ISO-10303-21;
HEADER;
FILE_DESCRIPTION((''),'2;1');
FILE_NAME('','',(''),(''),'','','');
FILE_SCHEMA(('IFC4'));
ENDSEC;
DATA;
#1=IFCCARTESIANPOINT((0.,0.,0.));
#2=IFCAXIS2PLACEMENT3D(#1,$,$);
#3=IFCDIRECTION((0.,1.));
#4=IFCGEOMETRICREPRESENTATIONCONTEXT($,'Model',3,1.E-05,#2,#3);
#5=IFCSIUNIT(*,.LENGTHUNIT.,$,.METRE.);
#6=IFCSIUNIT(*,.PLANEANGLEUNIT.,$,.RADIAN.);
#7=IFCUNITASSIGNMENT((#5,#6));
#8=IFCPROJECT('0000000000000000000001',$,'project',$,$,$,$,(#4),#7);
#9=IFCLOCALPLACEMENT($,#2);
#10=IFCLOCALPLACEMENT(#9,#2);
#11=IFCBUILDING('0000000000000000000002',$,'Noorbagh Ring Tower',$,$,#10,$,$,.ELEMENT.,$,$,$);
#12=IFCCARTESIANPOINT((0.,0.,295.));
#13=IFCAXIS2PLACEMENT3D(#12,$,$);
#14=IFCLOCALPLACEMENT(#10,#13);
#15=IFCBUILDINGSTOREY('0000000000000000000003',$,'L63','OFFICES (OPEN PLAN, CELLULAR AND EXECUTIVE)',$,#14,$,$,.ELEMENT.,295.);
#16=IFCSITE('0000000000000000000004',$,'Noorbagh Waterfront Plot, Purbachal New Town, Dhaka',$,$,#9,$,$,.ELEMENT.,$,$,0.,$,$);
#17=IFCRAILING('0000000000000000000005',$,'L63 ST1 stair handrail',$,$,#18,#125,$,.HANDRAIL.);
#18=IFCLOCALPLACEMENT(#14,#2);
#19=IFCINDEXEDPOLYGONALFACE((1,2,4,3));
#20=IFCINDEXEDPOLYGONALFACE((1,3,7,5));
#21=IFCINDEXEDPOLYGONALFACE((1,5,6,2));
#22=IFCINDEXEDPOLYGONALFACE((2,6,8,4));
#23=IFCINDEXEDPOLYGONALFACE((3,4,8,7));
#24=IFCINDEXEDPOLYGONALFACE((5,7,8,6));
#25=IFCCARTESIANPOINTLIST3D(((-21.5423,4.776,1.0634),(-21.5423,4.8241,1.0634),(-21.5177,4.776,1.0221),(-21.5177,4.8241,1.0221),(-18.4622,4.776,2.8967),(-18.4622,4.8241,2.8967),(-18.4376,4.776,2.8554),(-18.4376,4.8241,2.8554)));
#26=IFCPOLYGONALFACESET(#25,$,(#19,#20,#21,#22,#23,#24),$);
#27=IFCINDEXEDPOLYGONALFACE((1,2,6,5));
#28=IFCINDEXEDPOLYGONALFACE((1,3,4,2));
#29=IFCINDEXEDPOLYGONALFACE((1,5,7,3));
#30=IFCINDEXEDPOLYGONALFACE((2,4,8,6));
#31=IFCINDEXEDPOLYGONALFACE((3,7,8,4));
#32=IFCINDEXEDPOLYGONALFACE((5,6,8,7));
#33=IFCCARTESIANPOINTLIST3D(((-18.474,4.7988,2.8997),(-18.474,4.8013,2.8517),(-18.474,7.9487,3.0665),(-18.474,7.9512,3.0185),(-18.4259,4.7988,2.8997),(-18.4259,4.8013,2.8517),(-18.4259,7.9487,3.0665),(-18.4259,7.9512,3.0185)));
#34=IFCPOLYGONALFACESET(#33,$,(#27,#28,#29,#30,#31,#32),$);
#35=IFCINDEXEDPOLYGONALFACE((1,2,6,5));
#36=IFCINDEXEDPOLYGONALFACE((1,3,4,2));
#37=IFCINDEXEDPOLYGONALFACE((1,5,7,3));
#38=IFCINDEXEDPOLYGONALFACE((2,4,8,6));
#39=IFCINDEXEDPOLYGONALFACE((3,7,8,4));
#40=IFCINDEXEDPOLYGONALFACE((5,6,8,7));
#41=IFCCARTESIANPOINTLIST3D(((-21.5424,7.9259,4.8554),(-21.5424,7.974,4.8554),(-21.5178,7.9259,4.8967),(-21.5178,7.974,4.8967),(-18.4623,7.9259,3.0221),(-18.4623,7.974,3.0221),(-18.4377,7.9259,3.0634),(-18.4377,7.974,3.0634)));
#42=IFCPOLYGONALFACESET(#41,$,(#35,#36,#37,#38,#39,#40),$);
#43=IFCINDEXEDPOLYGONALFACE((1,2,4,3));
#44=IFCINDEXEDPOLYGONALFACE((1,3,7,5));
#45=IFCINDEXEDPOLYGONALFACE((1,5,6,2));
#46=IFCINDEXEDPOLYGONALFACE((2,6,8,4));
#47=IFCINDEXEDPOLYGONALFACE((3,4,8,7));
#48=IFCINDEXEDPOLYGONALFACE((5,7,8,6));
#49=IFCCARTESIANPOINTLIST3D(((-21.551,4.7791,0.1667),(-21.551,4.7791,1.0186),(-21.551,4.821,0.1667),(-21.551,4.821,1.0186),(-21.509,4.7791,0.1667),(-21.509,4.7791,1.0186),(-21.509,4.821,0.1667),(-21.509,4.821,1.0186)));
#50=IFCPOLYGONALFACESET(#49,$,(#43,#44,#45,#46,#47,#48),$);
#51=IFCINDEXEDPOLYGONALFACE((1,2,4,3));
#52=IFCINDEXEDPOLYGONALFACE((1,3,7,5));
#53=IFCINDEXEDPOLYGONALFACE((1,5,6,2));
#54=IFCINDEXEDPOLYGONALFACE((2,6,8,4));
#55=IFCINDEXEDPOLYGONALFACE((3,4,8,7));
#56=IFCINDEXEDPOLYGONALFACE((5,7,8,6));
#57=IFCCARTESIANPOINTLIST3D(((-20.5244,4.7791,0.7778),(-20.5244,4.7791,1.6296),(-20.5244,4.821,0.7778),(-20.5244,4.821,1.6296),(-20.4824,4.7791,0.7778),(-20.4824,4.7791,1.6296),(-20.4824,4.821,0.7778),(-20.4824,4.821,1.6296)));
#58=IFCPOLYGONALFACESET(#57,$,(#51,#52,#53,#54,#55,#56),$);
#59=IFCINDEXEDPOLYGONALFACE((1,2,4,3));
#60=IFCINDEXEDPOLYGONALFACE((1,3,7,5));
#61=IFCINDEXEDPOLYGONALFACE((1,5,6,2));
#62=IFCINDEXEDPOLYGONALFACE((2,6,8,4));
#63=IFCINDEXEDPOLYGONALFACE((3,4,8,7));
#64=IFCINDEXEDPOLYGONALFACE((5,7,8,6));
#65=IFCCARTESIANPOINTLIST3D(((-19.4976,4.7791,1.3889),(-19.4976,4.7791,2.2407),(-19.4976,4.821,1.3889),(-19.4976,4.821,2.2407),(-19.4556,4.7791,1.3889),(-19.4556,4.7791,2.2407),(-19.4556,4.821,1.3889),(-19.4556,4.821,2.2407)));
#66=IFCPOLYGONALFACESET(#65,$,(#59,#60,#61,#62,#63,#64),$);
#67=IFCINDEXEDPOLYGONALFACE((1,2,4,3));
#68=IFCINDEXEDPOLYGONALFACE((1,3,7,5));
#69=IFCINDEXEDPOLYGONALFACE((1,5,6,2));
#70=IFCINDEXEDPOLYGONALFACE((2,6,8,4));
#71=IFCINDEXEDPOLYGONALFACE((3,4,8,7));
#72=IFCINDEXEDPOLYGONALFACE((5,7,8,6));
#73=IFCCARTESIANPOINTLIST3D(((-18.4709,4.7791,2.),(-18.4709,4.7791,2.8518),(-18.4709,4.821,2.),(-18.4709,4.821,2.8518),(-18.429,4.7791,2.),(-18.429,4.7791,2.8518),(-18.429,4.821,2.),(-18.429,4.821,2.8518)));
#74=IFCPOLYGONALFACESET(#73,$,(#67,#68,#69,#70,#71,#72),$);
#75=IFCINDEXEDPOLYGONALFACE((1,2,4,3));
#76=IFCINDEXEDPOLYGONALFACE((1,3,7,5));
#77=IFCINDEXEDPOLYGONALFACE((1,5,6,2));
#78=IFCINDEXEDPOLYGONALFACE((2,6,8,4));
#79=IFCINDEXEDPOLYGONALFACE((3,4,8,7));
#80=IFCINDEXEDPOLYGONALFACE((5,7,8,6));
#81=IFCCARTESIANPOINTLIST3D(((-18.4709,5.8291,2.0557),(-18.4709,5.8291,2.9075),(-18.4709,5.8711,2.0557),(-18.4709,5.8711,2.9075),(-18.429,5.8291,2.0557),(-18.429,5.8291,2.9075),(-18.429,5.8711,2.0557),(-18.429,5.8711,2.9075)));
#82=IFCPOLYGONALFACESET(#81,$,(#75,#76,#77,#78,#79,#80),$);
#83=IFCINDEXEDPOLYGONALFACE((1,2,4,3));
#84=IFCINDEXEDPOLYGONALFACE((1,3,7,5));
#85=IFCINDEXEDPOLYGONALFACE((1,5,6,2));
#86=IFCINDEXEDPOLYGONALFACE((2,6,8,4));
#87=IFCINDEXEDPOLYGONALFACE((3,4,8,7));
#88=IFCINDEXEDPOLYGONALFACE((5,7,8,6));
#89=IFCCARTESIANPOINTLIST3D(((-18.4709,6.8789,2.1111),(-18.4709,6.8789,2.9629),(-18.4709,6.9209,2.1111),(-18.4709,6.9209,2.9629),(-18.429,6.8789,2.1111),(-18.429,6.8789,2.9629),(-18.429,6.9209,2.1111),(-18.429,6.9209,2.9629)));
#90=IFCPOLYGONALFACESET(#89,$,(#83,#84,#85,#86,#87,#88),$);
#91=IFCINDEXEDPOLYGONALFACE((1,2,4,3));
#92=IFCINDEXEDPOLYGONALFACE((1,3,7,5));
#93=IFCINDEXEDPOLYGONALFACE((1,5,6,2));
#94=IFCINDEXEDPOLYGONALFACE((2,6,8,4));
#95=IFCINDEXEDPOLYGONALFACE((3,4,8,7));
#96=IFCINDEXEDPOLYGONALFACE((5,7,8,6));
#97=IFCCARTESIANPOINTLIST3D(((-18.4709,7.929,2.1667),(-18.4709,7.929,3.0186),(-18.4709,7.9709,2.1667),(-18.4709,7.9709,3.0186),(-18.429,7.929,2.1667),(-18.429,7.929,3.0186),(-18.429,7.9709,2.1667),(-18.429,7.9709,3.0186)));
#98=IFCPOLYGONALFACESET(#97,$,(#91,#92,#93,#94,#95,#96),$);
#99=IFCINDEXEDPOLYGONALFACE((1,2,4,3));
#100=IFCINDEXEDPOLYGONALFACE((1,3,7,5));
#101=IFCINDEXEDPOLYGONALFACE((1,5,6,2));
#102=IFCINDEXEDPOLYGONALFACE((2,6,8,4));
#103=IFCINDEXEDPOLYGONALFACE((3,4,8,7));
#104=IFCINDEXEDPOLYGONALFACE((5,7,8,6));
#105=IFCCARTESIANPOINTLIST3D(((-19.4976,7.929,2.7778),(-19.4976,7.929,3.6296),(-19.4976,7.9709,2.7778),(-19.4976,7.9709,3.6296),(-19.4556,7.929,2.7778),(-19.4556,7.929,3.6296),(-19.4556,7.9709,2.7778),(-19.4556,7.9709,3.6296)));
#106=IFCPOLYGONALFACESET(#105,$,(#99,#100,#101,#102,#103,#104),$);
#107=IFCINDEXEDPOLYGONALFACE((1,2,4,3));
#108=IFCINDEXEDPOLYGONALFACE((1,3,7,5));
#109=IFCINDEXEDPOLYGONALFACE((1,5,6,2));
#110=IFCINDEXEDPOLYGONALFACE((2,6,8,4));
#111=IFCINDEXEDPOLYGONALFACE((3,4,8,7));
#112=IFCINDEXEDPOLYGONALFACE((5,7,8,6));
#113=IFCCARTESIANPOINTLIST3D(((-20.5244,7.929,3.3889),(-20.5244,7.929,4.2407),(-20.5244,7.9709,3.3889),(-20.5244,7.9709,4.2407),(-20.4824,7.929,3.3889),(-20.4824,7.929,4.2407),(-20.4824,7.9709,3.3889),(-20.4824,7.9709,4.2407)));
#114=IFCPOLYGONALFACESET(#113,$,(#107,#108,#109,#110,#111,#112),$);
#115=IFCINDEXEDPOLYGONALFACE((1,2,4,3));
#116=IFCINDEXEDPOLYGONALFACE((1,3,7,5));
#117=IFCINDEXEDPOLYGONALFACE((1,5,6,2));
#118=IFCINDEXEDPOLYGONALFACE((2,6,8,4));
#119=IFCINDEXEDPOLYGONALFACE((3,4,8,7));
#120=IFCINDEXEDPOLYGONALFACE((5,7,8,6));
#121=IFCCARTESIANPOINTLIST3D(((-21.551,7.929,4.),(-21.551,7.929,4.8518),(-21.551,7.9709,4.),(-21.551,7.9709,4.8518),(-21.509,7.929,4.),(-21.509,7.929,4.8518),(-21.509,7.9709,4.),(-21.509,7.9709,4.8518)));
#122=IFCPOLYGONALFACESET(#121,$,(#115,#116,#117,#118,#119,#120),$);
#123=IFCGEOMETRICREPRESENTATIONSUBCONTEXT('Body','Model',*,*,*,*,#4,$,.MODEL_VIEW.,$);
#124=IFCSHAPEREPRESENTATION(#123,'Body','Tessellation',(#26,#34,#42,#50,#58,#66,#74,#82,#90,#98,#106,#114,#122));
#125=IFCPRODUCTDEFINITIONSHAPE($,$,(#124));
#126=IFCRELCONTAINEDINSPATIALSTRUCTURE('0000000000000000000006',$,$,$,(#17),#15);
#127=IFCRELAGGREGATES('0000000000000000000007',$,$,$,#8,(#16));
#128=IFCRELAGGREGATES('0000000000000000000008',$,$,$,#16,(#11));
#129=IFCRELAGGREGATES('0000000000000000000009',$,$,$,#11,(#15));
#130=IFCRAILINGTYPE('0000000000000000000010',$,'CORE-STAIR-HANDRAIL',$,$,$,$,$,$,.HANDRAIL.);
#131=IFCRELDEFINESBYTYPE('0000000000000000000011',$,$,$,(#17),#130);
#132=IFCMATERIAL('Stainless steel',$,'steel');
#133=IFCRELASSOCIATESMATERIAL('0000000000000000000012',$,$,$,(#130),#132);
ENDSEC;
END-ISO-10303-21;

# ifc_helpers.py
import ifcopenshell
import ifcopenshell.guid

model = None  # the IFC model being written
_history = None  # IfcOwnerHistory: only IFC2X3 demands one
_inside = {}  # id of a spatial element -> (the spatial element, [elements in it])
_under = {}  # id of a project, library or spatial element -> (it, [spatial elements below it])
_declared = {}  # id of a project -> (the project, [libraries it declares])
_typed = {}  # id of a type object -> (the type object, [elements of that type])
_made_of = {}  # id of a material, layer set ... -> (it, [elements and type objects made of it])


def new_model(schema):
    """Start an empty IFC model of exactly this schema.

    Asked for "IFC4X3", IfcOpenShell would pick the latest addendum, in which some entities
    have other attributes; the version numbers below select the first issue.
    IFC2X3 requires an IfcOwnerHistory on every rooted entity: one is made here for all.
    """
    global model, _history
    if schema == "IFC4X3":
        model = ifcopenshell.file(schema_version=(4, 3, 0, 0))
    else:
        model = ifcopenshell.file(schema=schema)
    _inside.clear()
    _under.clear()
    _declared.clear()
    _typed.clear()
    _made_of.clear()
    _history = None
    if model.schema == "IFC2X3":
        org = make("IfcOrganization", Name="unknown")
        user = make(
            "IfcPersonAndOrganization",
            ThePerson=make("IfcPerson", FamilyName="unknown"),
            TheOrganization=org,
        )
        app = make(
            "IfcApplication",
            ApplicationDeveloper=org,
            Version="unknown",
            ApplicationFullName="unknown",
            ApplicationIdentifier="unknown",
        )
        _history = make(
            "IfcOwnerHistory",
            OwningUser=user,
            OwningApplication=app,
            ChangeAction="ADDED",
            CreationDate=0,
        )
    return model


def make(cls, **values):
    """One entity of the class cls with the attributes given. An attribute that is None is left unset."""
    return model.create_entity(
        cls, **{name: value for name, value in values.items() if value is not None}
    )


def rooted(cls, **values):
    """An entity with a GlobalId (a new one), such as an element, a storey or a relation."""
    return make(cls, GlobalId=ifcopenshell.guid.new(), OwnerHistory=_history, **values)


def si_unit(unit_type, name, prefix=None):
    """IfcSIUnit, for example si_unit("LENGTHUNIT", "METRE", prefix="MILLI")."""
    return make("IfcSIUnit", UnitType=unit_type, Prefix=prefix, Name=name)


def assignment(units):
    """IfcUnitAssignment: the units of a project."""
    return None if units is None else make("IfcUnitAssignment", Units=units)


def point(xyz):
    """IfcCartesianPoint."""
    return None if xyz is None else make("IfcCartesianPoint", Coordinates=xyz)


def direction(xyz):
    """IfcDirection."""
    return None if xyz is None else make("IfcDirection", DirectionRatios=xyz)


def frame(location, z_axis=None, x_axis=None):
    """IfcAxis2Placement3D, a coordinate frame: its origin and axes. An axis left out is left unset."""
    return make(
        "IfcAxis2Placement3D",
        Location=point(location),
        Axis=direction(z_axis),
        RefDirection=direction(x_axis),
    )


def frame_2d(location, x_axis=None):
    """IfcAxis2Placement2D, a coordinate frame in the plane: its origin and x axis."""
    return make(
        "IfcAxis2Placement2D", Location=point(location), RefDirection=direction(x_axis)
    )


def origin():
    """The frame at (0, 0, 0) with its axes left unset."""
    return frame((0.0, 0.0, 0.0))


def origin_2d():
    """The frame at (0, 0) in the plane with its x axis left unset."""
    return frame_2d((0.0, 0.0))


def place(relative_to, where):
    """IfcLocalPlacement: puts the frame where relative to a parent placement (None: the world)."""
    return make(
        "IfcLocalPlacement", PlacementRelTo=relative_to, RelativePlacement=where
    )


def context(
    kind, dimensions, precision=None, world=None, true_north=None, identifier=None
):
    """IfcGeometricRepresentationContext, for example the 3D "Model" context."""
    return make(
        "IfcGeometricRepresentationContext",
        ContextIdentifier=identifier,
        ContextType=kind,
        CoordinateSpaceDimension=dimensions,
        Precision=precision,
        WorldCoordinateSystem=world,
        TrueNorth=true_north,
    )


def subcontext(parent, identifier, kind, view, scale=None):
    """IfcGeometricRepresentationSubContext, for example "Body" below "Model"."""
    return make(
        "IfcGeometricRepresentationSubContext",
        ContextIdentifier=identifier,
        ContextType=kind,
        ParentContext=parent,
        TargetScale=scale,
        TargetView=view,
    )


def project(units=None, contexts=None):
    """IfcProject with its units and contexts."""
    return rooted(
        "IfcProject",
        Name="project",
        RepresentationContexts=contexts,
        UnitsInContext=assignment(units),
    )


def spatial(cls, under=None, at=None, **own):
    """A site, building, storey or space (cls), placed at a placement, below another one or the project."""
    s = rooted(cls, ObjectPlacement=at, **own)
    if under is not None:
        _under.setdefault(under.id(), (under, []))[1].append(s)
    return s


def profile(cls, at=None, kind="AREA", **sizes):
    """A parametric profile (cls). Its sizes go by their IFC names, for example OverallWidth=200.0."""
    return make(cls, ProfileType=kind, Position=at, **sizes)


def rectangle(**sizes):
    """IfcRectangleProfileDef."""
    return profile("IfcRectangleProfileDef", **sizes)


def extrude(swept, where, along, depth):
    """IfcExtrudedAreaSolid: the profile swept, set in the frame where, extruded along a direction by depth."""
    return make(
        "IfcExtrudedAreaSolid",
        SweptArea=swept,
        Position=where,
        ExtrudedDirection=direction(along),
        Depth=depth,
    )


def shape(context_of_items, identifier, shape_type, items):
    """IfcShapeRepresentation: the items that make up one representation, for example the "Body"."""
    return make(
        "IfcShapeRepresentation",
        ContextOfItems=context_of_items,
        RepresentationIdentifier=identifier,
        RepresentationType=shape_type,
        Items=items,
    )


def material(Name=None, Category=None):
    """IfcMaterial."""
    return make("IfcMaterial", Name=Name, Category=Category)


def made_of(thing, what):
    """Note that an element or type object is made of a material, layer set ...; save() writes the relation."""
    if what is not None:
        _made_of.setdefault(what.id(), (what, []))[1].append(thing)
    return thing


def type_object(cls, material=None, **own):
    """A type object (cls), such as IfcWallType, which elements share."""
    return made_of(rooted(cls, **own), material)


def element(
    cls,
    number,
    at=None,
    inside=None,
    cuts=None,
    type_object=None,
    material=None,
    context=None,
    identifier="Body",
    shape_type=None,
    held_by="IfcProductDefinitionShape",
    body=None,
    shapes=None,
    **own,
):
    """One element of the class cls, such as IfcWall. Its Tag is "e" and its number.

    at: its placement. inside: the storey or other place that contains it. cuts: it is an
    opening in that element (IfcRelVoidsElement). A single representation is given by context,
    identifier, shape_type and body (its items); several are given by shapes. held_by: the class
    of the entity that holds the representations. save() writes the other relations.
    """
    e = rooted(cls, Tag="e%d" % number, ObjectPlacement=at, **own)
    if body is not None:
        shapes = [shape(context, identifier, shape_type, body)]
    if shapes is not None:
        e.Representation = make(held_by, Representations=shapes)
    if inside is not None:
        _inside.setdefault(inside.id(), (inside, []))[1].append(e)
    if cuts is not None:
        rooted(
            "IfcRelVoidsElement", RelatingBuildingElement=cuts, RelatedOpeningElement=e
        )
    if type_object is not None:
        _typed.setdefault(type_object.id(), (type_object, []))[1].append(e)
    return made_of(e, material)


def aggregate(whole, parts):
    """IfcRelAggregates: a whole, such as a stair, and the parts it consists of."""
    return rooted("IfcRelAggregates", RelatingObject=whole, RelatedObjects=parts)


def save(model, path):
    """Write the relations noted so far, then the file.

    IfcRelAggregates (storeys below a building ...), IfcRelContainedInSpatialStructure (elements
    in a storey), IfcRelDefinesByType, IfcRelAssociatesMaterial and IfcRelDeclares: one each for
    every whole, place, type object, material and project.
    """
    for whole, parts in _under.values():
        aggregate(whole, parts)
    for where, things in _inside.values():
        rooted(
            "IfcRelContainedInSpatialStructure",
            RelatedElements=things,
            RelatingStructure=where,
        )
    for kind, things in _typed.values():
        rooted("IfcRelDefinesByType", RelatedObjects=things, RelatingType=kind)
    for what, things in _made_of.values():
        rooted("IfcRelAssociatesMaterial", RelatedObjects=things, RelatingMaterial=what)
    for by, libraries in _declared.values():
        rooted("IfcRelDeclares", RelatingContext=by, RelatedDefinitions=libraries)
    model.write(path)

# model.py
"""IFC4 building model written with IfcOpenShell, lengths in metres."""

from ifc_helpers import new_model, si_unit, direction, frame, origin, origin_2d, place, context, subcontext, project, spatial, rectangle, extrude, material, type_object, element, save


model = new_model("IFC4")

# Units and contexts
model_context = context("Model", 3, precision=1e-05, world=origin(), true_north=direction((0.0, 1.0)))
body_context = subcontext(model_context, "Body", "Model", "MODEL_VIEW")
ifc_project = project(units=[si_unit("LENGTHUNIT", "METRE"), si_unit("PLANEANGLEUNIT", "RADIAN")], contexts=[model_context])

# Site, building, storey
site_placement = place(None, origin())
site = spatial("IfcSite", under=ifc_project, at=site_placement, Name="Noorbagh Waterfront Plot, Purbachal New Town, Dhaka", CompositionType="ELEMENT", RefElevation=0.0)
building_placement = place(site_placement, origin())
building = spatial("IfcBuilding", under=site, at=building_placement, Name="Noorbagh Ring Tower", CompositionType="ELEMENT")
storey_placement = place(building_placement, frame((0.0, 0.0, 295.0)))
storey = spatial("IfcBuildingStorey", under=building, at=storey_placement, Name="L63", Description="OFFICES (OPEN PLAN, CELLULAR AND EXECUTIVE)", CompositionType="ELEMENT", Elevation=295.0)

# Railing
ifc_material_1 = material(Name="Stainless steel", Category="steel")
railing_type_1 = type_object("IfcRailingType", Name="CORE-STAIR-HANDRAIL", PredefinedType="HANDRAIL", material=ifc_material_1)
railing_1_placement = place(storey_placement, frame((-21.53, 4.8, 0.1667)))
element("IfcRailing", 1, at=railing_1_placement, inside=storey, type_object=railing_type_1, Name="L63 ST1 stair handrail", PredefinedType="HANDRAIL", context=body_context, shape_type="SweptSolid", body=[
    extrude(rectangle(XDim=0.0481, YDim=0.0481, at=origin_2d()), frame((0.0, 0.0, 0.876), z_axis=(0.859309, 0.0, 0.511458), x_axis=(0.0, 1.0, 0.0)), (0.0, 0.0, 1.0), 3.5845),
    extrude(rectangle(XDim=0.0481, YDim=0.0481, at=origin_2d()), frame((3.0801, 0.0, 2.709), z_axis=(0.0, 0.998602, 0.052864), x_axis=(-1.0, 0.0, 0.0)), (0.0, 0.0, 1.0), 3.1543),
    extrude(rectangle(XDim=0.0481, YDim=0.0481, at=origin_2d()), frame((3.0801, 3.1499, 2.876), z_axis=(-0.859309, 0.0, 0.511458), x_axis=(0.0, -1.0, 0.0)), (0.0, 0.0, 1.0), 3.5845),
    extrude(rectangle(XDim=0.042, YDim=0.042, at=origin_2d()), origin(), (0.0, 0.0, 1.0), 0.8518),
    extrude(rectangle(XDim=0.042, YDim=0.042, at=origin_2d()), frame((1.0266, 0.0, 0.6111)), (0.0, 0.0, 1.0), 0.8518),
    extrude(rectangle(XDim=0.042, YDim=0.042, at=origin_2d()), frame((2.0535, 0.0, 1.2222)), (0.0, 0.0, 1.0), 0.8518),
    extrude(rectangle(XDim=0.042, YDim=0.042, at=origin_2d()), frame((3.0801, 0.0, 1.8333)), (0.0, 0.0, 1.0), 0.8518),
    extrude(rectangle(XDim=0.042, YDim=0.042, at=origin_2d()), frame((3.0801, 1.05, 1.8889)), (0.0, 0.0, 1.0), 0.8518),
    extrude(rectangle(XDim=0.042, YDim=0.042, at=origin_2d()), frame((3.0801, 2.0999, 1.9443)), (0.0, 0.0, 1.0), 0.8518),
    extrude(rectangle(XDim=0.042, YDim=0.042, at=origin_2d()), frame((3.0801, 3.1499, 2.0)), (0.0, 0.0, 1.0), 0.8518),
    extrude(rectangle(XDim=0.042, YDim=0.042, at=origin_2d()), frame((2.0535, 3.1499, 2.6111)), (0.0, 0.0, 1.0), 0.8518),
    extrude(rectangle(XDim=0.042, YDim=0.042, at=origin_2d()), frame((1.0266, 3.1499, 3.2222)), (0.0, 0.0, 1.0), 0.8518),
    extrude(rectangle(XDim=0.042, YDim=0.042, at=origin_2d()), frame((0.0, 3.1499, 3.8333)), (0.0, 0.0, 1.0), 0.8518),
])

save(model, "model.ifc")
